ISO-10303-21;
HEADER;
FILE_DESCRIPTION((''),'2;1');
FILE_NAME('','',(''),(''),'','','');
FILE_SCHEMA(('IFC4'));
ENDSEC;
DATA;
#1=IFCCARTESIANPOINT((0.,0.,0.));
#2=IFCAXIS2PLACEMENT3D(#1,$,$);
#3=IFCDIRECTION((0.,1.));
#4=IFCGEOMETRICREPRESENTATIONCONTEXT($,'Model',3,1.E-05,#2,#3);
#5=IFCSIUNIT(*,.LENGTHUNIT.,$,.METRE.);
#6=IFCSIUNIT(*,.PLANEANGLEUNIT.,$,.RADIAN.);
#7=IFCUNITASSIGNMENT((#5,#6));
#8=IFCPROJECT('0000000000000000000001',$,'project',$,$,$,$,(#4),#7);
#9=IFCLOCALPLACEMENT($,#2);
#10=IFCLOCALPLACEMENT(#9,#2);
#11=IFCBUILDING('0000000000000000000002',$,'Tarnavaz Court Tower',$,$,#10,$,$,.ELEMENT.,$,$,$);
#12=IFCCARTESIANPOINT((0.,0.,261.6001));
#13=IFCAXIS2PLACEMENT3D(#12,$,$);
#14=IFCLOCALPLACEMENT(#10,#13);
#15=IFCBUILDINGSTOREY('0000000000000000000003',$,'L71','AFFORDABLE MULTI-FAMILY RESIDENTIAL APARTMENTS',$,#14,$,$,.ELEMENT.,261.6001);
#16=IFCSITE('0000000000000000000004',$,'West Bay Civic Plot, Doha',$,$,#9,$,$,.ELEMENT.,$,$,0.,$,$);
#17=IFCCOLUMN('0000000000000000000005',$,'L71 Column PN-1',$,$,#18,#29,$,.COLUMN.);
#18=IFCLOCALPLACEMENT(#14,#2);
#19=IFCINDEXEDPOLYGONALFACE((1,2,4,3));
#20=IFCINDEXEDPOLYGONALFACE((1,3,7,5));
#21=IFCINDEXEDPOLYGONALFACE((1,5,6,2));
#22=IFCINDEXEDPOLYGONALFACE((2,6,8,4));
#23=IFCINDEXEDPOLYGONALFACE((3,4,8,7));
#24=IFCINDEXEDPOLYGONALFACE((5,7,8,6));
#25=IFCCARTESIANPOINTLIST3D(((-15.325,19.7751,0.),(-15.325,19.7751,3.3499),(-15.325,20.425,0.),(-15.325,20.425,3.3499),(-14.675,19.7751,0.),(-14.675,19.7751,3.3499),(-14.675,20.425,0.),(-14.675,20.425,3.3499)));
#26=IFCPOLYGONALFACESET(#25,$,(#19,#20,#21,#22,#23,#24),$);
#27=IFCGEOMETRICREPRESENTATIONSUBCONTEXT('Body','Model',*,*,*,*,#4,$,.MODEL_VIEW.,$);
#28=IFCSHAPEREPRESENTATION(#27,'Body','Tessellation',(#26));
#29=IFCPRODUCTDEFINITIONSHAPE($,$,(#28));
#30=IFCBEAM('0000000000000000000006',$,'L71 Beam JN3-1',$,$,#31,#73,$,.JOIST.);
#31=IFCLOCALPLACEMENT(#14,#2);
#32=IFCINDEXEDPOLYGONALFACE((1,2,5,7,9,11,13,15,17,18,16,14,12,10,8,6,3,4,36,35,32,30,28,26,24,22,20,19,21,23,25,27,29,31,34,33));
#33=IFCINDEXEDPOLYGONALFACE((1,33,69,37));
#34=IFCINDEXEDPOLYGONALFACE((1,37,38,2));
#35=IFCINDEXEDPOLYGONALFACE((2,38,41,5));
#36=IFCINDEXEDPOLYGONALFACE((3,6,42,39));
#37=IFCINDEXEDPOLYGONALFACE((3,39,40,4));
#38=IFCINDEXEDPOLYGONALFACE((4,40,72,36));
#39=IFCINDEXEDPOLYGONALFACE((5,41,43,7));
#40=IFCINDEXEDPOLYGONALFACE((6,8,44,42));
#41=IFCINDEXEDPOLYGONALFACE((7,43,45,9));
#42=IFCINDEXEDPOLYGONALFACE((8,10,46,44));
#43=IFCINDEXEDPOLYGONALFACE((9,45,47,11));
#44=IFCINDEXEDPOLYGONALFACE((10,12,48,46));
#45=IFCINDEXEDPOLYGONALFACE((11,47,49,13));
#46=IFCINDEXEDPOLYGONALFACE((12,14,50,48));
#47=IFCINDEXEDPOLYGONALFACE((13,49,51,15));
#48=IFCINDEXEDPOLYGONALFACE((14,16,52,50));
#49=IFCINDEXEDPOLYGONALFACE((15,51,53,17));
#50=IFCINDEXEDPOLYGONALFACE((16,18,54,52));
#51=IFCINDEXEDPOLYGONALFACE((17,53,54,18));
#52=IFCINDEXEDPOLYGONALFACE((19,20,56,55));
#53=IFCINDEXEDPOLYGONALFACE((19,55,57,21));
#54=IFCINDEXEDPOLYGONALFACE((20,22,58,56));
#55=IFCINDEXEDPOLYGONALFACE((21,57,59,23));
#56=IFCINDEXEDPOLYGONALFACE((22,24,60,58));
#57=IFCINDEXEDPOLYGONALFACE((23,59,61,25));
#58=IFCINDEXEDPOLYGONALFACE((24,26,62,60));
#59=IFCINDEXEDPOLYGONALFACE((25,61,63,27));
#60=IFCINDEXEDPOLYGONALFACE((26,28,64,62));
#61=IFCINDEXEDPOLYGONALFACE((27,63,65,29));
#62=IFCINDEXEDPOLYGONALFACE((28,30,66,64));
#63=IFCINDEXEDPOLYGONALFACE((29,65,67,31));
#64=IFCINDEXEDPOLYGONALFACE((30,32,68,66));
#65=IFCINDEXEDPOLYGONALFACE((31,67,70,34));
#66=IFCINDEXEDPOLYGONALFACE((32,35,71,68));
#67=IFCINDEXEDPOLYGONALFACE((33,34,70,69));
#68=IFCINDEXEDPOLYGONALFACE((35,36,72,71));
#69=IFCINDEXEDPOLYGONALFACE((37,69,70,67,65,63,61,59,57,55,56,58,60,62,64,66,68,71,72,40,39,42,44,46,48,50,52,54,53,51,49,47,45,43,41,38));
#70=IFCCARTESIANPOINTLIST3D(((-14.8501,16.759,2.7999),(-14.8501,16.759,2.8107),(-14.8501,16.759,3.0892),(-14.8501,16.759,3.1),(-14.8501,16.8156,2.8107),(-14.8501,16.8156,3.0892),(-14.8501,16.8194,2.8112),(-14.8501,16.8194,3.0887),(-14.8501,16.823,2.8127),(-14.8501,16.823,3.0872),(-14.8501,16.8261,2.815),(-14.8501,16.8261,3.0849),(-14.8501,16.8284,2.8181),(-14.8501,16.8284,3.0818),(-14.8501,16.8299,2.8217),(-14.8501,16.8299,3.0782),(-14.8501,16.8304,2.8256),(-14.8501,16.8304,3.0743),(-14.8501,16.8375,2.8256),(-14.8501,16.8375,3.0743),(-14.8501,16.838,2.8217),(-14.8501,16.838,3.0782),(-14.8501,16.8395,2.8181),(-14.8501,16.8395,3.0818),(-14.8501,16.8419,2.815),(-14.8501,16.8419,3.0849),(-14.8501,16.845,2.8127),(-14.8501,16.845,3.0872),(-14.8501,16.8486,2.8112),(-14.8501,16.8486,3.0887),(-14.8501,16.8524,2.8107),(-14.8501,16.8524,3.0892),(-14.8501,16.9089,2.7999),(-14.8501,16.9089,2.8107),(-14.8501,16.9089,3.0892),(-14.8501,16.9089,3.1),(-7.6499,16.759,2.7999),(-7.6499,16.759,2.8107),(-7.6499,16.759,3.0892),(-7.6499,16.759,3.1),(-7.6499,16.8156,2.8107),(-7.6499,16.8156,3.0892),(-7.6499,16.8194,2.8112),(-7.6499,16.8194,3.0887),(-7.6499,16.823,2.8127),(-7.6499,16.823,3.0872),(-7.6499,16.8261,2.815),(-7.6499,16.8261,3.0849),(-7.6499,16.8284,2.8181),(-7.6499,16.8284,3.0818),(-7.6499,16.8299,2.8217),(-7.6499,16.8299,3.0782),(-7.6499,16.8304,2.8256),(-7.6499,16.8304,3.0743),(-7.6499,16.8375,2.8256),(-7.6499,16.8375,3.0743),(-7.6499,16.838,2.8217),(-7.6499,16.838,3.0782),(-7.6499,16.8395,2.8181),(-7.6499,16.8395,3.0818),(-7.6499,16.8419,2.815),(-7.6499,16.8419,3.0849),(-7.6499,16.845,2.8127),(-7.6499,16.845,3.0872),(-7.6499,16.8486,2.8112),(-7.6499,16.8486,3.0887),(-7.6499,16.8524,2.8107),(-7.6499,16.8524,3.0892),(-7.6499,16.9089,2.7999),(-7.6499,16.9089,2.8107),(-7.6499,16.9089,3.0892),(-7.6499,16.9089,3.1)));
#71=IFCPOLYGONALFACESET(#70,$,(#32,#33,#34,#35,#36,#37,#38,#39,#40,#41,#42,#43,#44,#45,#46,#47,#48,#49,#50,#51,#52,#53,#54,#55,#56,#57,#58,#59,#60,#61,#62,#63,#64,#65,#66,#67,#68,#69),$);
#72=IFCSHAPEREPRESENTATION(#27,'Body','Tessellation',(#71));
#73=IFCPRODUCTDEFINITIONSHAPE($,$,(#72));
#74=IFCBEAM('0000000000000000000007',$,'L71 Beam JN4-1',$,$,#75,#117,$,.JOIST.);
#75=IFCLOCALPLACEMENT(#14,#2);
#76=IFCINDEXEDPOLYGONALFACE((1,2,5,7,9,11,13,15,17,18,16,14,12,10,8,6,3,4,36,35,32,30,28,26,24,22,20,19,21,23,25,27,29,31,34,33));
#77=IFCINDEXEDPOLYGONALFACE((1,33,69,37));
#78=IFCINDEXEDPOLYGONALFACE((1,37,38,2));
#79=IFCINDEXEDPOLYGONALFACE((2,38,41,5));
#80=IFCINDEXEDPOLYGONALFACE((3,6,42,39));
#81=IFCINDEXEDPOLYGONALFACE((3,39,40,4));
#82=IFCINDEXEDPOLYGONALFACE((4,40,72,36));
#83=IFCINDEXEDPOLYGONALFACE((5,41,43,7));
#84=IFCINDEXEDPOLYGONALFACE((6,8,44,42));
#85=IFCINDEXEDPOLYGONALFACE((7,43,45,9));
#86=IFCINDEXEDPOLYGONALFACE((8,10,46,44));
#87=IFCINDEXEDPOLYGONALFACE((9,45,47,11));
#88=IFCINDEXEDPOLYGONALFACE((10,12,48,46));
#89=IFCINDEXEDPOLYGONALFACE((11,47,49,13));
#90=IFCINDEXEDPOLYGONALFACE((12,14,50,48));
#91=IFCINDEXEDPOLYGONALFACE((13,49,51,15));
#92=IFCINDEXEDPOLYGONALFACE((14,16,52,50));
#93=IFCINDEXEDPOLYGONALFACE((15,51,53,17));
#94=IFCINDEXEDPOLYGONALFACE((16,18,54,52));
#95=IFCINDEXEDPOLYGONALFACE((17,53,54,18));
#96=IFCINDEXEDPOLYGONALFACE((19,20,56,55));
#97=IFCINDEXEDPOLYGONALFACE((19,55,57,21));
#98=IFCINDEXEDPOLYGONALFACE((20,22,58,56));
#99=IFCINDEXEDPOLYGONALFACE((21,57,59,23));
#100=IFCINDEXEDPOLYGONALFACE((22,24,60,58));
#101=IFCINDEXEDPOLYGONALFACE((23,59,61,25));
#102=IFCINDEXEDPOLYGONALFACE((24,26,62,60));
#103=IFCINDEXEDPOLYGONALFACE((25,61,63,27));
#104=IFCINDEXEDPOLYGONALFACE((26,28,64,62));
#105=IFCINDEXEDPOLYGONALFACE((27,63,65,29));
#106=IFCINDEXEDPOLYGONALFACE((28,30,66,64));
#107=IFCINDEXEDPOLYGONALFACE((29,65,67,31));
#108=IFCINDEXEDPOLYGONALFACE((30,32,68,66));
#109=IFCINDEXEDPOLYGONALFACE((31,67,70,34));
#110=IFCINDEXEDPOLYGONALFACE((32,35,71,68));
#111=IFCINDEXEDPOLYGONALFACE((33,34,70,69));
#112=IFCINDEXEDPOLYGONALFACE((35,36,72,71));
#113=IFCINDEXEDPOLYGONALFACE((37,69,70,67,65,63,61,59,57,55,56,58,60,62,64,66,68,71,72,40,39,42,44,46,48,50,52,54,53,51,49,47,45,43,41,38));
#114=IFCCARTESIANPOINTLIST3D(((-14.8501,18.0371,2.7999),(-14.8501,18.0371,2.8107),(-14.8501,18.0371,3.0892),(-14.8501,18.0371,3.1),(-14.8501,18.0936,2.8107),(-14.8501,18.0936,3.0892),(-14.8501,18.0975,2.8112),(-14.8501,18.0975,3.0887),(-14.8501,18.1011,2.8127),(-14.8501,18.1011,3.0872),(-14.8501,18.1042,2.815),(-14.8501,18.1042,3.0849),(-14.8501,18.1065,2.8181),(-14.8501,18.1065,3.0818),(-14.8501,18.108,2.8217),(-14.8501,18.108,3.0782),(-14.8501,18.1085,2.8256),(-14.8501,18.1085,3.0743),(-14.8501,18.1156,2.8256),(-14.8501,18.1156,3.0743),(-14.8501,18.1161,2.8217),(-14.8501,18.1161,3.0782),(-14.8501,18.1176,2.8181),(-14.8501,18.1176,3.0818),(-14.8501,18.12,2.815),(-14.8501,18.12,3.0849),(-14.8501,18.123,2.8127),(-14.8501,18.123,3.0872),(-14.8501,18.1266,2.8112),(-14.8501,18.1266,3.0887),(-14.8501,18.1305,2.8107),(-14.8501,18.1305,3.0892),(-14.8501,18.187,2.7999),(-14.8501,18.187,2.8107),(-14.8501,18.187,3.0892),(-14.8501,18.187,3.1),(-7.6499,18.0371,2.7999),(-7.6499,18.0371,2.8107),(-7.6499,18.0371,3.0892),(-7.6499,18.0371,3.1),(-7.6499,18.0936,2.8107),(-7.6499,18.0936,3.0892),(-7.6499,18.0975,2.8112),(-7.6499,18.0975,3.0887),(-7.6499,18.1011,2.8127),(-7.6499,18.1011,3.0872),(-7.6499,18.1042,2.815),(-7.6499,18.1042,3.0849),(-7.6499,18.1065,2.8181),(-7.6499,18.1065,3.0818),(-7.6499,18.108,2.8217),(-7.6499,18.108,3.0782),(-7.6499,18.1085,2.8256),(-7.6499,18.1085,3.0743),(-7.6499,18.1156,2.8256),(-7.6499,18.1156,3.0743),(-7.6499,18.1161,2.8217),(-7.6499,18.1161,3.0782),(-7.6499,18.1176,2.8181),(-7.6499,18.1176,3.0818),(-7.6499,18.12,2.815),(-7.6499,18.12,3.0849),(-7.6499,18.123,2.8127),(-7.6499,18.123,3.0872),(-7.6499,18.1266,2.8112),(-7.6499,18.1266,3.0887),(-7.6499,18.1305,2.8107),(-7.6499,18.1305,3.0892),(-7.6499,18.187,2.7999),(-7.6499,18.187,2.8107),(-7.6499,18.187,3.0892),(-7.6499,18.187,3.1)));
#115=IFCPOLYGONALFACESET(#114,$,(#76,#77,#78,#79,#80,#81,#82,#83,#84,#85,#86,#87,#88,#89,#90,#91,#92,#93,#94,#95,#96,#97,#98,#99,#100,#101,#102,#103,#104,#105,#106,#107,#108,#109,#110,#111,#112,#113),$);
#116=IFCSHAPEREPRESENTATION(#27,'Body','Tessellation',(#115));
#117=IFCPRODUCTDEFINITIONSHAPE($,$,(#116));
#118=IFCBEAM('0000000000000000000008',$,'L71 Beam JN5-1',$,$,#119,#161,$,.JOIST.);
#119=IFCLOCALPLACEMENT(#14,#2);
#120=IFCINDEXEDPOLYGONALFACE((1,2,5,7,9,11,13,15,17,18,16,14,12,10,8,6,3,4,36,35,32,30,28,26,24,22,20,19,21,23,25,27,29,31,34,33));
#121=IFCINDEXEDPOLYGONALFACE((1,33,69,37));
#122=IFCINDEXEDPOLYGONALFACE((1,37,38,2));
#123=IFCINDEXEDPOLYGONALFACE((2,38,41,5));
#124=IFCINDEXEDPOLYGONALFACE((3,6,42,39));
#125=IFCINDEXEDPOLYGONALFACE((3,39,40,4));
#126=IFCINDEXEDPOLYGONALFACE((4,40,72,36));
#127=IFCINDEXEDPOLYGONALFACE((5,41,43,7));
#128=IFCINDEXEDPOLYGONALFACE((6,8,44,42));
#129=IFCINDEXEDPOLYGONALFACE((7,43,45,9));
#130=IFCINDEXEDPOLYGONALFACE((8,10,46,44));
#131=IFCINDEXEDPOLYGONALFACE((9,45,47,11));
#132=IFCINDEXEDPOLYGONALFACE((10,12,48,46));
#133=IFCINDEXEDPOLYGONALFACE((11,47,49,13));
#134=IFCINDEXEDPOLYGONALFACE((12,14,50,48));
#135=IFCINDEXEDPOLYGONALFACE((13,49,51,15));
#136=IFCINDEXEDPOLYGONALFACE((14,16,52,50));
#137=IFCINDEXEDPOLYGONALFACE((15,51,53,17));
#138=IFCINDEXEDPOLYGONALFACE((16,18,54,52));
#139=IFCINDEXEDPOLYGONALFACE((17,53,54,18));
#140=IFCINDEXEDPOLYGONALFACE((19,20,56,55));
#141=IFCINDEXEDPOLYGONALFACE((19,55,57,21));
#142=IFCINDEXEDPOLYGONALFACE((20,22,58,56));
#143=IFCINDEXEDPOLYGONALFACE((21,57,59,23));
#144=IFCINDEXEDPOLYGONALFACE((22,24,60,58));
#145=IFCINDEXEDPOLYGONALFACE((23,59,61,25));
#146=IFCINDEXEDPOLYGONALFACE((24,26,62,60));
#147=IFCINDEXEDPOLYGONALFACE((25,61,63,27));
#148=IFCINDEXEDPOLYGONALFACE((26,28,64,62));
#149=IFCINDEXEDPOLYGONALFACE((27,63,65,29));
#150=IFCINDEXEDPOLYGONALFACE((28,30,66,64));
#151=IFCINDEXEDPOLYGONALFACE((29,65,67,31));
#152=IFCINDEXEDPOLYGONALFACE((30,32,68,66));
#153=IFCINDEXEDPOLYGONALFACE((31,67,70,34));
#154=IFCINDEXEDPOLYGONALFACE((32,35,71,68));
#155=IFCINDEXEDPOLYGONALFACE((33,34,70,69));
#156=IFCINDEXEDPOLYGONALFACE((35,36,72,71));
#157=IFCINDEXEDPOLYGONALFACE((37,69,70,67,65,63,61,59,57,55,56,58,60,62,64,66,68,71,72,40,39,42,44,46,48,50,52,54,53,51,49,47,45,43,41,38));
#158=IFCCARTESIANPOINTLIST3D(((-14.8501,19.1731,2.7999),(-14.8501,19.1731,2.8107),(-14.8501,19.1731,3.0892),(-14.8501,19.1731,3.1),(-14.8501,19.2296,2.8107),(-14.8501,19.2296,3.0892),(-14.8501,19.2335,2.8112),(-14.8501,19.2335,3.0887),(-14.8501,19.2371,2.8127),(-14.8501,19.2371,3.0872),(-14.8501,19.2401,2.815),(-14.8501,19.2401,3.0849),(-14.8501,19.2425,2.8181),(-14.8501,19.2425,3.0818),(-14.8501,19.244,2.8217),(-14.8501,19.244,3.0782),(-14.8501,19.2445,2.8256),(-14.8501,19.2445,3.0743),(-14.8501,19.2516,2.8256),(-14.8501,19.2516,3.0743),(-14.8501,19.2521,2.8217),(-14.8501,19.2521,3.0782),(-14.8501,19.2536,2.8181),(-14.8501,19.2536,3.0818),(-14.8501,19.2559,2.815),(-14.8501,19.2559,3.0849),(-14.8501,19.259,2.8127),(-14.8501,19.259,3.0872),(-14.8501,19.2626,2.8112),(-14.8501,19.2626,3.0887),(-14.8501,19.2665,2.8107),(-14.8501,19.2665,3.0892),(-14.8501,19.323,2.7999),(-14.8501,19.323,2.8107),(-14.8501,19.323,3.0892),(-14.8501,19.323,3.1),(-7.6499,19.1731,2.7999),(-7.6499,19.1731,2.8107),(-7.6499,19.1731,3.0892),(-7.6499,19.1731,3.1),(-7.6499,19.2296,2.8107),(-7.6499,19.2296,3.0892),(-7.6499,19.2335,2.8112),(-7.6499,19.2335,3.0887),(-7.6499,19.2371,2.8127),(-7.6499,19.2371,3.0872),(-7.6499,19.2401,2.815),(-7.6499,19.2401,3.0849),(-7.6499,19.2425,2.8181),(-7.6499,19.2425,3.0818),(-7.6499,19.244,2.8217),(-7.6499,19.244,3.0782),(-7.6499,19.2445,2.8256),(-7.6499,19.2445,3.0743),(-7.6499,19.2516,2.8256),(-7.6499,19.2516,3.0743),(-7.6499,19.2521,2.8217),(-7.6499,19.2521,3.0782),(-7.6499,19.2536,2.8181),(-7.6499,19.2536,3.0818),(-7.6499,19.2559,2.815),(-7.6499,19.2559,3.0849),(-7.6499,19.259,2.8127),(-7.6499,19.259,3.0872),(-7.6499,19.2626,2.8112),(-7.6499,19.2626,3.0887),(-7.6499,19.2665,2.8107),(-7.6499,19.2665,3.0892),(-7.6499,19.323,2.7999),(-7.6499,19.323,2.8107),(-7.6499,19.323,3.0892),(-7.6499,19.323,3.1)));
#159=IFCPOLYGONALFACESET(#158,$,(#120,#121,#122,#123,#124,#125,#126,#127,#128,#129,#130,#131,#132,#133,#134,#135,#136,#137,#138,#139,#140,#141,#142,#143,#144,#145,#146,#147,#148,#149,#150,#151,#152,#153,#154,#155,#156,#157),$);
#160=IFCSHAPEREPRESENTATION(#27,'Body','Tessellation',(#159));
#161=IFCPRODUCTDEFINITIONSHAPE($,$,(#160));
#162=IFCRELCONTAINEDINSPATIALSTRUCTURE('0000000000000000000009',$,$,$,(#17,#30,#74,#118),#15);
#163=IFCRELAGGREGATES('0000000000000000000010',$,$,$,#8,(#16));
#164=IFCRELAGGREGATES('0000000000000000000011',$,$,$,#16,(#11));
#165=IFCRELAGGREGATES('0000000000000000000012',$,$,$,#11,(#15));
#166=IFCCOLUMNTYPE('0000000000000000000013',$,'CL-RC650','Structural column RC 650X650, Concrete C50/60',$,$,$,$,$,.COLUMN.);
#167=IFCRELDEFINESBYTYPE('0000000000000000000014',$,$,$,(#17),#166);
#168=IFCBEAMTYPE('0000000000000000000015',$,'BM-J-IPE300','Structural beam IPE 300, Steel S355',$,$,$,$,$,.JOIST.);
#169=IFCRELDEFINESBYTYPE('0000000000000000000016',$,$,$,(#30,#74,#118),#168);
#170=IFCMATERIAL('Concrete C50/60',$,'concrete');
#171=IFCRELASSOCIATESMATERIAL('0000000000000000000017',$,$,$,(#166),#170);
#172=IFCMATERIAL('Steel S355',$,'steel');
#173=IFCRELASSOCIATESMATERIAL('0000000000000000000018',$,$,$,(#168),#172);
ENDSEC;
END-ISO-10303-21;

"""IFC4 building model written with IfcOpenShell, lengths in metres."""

from ifc_helpers import new_model, si_unit, direction, frame, origin, origin_2d, place, context, subcontext, project, spatial, rectangle, i_section, extrude, material, material_profile, profile_set, type_object, element, save


model = new_model("IFC4")

# Units and contexts
model_context = context("Model", 3, precision=1e-05, world=origin(), true_north=direction((0.0, 1.0)))
body_context = subcontext(model_context, "Body", "Model", "MODEL_VIEW")
ifc_project = project(units=[si_unit("LENGTHUNIT", "METRE"), si_unit("PLANEANGLEUNIT", "RADIAN")], contexts=[model_context])

# Site, building, storey
site_placement = place(None, origin())
site = spatial("IfcSite", under=ifc_project, at=site_placement, Name="West Bay Civic Plot, Doha", CompositionType="ELEMENT", RefElevation=0.0)
building_placement = place(site_placement, origin())
building = spatial("IfcBuilding", under=site, at=building_placement, Name="Tarnavaz Court Tower", CompositionType="ELEMENT")
storey_placement = place(building_placement, frame((0.0, 0.0, 261.6001)))
storey = spatial("IfcBuildingStorey", under=building, at=storey_placement, Name="L71", Description="AFFORDABLE MULTI-FAMILY RESIDENTIAL APARTMENTS", CompositionType="ELEMENT", Elevation=261.6001)

# Column
ifc_material_1 = material(Name="Concrete C50/60", Category="concrete")
ifc_material_profile_1 = material_profile(ifc_material_1, rectangle(XDim=0.6499, YDim=0.6499, at=origin_2d()), Name="RC 650X650")
ifc_profile_set_1 = profile_set([ifc_material_profile_1], Name="Concrete C50/60")
column_type = type_object("IfcColumnType", Name="CL-RC650", Description="Structural column RC 650X650, Concrete C50/60", PredefinedType="COLUMN", material=ifc_profile_set_1)
column_placement = place(storey_placement, frame((-15.0, 20.1001, 0.0), z_axis=(0.0, 0.0, 1.0), x_axis=(1.0, 0.0, 0.0)))
element("IfcColumn", 1, at=column_placement, inside=storey, type_object=column_type, Name="L71 Column PN-1", PredefinedType="COLUMN", context=body_context, shape_type="SweptSolid", body=[
    extrude(rectangle(XDim=0.6499, YDim=0.6499, at=origin_2d()), origin(), (0.0, 0.0, 1.0), 3.3499),
])

# Beams
ifc_material_2 = material(Name="Steel S355", Category="steel")
ifc_material_profile_2 = material_profile(ifc_material_2, i_section(OverallWidth=0.1499, OverallDepth=0.3, WebThickness=0.0071, FlangeThickness=0.0107, FilletRadius=0.0149, at=origin_2d()), Name="IPE 300")
ifc_profile_set_2 = profile_set([ifc_material_profile_2], Name="Steel S355")
beam_type_1 = type_object("IfcBeamType", Name="BM-J-IPE300", Description="Structural beam IPE 300, Steel S355", PredefinedType="JOIST", material=ifc_profile_set_2)
for number, where, z_axis, x_axis, name in (
    (2, (-14.8501, 16.834, 2.95), (1.0, 0.0, 0.0), (0.0, 1.0, 0.0), "L71 Beam JN3-1"),
    (3, (-14.8501, 18.1121, 2.95), (1.0, 0.0, 0.0), (0.0, 1.0, 0.0), "L71 Beam JN4-1"),
    (4, (-14.8501, 19.248, 2.95), (1.0, 0.0, 0.0), (0.0, 1.0, 0.0), "L71 Beam JN5-1"),
):
    element("IfcBeam", number, at=place(storey_placement, frame(where, z_axis=z_axis, x_axis=x_axis)), inside=storey, type_object=beam_type_1, Name=name, PredefinedType="JOIST", context=body_context, shape_type="SweptSolid", body=[
        extrude(i_section(OverallWidth=0.1499, OverallDepth=0.3, WebThickness=0.0071, FlangeThickness=0.0107, FilletRadius=0.0149, at=origin_2d()), origin(), (0.0, 0.0, 1.0), 7.2002),
    ])

save(model, "model.ifc")
